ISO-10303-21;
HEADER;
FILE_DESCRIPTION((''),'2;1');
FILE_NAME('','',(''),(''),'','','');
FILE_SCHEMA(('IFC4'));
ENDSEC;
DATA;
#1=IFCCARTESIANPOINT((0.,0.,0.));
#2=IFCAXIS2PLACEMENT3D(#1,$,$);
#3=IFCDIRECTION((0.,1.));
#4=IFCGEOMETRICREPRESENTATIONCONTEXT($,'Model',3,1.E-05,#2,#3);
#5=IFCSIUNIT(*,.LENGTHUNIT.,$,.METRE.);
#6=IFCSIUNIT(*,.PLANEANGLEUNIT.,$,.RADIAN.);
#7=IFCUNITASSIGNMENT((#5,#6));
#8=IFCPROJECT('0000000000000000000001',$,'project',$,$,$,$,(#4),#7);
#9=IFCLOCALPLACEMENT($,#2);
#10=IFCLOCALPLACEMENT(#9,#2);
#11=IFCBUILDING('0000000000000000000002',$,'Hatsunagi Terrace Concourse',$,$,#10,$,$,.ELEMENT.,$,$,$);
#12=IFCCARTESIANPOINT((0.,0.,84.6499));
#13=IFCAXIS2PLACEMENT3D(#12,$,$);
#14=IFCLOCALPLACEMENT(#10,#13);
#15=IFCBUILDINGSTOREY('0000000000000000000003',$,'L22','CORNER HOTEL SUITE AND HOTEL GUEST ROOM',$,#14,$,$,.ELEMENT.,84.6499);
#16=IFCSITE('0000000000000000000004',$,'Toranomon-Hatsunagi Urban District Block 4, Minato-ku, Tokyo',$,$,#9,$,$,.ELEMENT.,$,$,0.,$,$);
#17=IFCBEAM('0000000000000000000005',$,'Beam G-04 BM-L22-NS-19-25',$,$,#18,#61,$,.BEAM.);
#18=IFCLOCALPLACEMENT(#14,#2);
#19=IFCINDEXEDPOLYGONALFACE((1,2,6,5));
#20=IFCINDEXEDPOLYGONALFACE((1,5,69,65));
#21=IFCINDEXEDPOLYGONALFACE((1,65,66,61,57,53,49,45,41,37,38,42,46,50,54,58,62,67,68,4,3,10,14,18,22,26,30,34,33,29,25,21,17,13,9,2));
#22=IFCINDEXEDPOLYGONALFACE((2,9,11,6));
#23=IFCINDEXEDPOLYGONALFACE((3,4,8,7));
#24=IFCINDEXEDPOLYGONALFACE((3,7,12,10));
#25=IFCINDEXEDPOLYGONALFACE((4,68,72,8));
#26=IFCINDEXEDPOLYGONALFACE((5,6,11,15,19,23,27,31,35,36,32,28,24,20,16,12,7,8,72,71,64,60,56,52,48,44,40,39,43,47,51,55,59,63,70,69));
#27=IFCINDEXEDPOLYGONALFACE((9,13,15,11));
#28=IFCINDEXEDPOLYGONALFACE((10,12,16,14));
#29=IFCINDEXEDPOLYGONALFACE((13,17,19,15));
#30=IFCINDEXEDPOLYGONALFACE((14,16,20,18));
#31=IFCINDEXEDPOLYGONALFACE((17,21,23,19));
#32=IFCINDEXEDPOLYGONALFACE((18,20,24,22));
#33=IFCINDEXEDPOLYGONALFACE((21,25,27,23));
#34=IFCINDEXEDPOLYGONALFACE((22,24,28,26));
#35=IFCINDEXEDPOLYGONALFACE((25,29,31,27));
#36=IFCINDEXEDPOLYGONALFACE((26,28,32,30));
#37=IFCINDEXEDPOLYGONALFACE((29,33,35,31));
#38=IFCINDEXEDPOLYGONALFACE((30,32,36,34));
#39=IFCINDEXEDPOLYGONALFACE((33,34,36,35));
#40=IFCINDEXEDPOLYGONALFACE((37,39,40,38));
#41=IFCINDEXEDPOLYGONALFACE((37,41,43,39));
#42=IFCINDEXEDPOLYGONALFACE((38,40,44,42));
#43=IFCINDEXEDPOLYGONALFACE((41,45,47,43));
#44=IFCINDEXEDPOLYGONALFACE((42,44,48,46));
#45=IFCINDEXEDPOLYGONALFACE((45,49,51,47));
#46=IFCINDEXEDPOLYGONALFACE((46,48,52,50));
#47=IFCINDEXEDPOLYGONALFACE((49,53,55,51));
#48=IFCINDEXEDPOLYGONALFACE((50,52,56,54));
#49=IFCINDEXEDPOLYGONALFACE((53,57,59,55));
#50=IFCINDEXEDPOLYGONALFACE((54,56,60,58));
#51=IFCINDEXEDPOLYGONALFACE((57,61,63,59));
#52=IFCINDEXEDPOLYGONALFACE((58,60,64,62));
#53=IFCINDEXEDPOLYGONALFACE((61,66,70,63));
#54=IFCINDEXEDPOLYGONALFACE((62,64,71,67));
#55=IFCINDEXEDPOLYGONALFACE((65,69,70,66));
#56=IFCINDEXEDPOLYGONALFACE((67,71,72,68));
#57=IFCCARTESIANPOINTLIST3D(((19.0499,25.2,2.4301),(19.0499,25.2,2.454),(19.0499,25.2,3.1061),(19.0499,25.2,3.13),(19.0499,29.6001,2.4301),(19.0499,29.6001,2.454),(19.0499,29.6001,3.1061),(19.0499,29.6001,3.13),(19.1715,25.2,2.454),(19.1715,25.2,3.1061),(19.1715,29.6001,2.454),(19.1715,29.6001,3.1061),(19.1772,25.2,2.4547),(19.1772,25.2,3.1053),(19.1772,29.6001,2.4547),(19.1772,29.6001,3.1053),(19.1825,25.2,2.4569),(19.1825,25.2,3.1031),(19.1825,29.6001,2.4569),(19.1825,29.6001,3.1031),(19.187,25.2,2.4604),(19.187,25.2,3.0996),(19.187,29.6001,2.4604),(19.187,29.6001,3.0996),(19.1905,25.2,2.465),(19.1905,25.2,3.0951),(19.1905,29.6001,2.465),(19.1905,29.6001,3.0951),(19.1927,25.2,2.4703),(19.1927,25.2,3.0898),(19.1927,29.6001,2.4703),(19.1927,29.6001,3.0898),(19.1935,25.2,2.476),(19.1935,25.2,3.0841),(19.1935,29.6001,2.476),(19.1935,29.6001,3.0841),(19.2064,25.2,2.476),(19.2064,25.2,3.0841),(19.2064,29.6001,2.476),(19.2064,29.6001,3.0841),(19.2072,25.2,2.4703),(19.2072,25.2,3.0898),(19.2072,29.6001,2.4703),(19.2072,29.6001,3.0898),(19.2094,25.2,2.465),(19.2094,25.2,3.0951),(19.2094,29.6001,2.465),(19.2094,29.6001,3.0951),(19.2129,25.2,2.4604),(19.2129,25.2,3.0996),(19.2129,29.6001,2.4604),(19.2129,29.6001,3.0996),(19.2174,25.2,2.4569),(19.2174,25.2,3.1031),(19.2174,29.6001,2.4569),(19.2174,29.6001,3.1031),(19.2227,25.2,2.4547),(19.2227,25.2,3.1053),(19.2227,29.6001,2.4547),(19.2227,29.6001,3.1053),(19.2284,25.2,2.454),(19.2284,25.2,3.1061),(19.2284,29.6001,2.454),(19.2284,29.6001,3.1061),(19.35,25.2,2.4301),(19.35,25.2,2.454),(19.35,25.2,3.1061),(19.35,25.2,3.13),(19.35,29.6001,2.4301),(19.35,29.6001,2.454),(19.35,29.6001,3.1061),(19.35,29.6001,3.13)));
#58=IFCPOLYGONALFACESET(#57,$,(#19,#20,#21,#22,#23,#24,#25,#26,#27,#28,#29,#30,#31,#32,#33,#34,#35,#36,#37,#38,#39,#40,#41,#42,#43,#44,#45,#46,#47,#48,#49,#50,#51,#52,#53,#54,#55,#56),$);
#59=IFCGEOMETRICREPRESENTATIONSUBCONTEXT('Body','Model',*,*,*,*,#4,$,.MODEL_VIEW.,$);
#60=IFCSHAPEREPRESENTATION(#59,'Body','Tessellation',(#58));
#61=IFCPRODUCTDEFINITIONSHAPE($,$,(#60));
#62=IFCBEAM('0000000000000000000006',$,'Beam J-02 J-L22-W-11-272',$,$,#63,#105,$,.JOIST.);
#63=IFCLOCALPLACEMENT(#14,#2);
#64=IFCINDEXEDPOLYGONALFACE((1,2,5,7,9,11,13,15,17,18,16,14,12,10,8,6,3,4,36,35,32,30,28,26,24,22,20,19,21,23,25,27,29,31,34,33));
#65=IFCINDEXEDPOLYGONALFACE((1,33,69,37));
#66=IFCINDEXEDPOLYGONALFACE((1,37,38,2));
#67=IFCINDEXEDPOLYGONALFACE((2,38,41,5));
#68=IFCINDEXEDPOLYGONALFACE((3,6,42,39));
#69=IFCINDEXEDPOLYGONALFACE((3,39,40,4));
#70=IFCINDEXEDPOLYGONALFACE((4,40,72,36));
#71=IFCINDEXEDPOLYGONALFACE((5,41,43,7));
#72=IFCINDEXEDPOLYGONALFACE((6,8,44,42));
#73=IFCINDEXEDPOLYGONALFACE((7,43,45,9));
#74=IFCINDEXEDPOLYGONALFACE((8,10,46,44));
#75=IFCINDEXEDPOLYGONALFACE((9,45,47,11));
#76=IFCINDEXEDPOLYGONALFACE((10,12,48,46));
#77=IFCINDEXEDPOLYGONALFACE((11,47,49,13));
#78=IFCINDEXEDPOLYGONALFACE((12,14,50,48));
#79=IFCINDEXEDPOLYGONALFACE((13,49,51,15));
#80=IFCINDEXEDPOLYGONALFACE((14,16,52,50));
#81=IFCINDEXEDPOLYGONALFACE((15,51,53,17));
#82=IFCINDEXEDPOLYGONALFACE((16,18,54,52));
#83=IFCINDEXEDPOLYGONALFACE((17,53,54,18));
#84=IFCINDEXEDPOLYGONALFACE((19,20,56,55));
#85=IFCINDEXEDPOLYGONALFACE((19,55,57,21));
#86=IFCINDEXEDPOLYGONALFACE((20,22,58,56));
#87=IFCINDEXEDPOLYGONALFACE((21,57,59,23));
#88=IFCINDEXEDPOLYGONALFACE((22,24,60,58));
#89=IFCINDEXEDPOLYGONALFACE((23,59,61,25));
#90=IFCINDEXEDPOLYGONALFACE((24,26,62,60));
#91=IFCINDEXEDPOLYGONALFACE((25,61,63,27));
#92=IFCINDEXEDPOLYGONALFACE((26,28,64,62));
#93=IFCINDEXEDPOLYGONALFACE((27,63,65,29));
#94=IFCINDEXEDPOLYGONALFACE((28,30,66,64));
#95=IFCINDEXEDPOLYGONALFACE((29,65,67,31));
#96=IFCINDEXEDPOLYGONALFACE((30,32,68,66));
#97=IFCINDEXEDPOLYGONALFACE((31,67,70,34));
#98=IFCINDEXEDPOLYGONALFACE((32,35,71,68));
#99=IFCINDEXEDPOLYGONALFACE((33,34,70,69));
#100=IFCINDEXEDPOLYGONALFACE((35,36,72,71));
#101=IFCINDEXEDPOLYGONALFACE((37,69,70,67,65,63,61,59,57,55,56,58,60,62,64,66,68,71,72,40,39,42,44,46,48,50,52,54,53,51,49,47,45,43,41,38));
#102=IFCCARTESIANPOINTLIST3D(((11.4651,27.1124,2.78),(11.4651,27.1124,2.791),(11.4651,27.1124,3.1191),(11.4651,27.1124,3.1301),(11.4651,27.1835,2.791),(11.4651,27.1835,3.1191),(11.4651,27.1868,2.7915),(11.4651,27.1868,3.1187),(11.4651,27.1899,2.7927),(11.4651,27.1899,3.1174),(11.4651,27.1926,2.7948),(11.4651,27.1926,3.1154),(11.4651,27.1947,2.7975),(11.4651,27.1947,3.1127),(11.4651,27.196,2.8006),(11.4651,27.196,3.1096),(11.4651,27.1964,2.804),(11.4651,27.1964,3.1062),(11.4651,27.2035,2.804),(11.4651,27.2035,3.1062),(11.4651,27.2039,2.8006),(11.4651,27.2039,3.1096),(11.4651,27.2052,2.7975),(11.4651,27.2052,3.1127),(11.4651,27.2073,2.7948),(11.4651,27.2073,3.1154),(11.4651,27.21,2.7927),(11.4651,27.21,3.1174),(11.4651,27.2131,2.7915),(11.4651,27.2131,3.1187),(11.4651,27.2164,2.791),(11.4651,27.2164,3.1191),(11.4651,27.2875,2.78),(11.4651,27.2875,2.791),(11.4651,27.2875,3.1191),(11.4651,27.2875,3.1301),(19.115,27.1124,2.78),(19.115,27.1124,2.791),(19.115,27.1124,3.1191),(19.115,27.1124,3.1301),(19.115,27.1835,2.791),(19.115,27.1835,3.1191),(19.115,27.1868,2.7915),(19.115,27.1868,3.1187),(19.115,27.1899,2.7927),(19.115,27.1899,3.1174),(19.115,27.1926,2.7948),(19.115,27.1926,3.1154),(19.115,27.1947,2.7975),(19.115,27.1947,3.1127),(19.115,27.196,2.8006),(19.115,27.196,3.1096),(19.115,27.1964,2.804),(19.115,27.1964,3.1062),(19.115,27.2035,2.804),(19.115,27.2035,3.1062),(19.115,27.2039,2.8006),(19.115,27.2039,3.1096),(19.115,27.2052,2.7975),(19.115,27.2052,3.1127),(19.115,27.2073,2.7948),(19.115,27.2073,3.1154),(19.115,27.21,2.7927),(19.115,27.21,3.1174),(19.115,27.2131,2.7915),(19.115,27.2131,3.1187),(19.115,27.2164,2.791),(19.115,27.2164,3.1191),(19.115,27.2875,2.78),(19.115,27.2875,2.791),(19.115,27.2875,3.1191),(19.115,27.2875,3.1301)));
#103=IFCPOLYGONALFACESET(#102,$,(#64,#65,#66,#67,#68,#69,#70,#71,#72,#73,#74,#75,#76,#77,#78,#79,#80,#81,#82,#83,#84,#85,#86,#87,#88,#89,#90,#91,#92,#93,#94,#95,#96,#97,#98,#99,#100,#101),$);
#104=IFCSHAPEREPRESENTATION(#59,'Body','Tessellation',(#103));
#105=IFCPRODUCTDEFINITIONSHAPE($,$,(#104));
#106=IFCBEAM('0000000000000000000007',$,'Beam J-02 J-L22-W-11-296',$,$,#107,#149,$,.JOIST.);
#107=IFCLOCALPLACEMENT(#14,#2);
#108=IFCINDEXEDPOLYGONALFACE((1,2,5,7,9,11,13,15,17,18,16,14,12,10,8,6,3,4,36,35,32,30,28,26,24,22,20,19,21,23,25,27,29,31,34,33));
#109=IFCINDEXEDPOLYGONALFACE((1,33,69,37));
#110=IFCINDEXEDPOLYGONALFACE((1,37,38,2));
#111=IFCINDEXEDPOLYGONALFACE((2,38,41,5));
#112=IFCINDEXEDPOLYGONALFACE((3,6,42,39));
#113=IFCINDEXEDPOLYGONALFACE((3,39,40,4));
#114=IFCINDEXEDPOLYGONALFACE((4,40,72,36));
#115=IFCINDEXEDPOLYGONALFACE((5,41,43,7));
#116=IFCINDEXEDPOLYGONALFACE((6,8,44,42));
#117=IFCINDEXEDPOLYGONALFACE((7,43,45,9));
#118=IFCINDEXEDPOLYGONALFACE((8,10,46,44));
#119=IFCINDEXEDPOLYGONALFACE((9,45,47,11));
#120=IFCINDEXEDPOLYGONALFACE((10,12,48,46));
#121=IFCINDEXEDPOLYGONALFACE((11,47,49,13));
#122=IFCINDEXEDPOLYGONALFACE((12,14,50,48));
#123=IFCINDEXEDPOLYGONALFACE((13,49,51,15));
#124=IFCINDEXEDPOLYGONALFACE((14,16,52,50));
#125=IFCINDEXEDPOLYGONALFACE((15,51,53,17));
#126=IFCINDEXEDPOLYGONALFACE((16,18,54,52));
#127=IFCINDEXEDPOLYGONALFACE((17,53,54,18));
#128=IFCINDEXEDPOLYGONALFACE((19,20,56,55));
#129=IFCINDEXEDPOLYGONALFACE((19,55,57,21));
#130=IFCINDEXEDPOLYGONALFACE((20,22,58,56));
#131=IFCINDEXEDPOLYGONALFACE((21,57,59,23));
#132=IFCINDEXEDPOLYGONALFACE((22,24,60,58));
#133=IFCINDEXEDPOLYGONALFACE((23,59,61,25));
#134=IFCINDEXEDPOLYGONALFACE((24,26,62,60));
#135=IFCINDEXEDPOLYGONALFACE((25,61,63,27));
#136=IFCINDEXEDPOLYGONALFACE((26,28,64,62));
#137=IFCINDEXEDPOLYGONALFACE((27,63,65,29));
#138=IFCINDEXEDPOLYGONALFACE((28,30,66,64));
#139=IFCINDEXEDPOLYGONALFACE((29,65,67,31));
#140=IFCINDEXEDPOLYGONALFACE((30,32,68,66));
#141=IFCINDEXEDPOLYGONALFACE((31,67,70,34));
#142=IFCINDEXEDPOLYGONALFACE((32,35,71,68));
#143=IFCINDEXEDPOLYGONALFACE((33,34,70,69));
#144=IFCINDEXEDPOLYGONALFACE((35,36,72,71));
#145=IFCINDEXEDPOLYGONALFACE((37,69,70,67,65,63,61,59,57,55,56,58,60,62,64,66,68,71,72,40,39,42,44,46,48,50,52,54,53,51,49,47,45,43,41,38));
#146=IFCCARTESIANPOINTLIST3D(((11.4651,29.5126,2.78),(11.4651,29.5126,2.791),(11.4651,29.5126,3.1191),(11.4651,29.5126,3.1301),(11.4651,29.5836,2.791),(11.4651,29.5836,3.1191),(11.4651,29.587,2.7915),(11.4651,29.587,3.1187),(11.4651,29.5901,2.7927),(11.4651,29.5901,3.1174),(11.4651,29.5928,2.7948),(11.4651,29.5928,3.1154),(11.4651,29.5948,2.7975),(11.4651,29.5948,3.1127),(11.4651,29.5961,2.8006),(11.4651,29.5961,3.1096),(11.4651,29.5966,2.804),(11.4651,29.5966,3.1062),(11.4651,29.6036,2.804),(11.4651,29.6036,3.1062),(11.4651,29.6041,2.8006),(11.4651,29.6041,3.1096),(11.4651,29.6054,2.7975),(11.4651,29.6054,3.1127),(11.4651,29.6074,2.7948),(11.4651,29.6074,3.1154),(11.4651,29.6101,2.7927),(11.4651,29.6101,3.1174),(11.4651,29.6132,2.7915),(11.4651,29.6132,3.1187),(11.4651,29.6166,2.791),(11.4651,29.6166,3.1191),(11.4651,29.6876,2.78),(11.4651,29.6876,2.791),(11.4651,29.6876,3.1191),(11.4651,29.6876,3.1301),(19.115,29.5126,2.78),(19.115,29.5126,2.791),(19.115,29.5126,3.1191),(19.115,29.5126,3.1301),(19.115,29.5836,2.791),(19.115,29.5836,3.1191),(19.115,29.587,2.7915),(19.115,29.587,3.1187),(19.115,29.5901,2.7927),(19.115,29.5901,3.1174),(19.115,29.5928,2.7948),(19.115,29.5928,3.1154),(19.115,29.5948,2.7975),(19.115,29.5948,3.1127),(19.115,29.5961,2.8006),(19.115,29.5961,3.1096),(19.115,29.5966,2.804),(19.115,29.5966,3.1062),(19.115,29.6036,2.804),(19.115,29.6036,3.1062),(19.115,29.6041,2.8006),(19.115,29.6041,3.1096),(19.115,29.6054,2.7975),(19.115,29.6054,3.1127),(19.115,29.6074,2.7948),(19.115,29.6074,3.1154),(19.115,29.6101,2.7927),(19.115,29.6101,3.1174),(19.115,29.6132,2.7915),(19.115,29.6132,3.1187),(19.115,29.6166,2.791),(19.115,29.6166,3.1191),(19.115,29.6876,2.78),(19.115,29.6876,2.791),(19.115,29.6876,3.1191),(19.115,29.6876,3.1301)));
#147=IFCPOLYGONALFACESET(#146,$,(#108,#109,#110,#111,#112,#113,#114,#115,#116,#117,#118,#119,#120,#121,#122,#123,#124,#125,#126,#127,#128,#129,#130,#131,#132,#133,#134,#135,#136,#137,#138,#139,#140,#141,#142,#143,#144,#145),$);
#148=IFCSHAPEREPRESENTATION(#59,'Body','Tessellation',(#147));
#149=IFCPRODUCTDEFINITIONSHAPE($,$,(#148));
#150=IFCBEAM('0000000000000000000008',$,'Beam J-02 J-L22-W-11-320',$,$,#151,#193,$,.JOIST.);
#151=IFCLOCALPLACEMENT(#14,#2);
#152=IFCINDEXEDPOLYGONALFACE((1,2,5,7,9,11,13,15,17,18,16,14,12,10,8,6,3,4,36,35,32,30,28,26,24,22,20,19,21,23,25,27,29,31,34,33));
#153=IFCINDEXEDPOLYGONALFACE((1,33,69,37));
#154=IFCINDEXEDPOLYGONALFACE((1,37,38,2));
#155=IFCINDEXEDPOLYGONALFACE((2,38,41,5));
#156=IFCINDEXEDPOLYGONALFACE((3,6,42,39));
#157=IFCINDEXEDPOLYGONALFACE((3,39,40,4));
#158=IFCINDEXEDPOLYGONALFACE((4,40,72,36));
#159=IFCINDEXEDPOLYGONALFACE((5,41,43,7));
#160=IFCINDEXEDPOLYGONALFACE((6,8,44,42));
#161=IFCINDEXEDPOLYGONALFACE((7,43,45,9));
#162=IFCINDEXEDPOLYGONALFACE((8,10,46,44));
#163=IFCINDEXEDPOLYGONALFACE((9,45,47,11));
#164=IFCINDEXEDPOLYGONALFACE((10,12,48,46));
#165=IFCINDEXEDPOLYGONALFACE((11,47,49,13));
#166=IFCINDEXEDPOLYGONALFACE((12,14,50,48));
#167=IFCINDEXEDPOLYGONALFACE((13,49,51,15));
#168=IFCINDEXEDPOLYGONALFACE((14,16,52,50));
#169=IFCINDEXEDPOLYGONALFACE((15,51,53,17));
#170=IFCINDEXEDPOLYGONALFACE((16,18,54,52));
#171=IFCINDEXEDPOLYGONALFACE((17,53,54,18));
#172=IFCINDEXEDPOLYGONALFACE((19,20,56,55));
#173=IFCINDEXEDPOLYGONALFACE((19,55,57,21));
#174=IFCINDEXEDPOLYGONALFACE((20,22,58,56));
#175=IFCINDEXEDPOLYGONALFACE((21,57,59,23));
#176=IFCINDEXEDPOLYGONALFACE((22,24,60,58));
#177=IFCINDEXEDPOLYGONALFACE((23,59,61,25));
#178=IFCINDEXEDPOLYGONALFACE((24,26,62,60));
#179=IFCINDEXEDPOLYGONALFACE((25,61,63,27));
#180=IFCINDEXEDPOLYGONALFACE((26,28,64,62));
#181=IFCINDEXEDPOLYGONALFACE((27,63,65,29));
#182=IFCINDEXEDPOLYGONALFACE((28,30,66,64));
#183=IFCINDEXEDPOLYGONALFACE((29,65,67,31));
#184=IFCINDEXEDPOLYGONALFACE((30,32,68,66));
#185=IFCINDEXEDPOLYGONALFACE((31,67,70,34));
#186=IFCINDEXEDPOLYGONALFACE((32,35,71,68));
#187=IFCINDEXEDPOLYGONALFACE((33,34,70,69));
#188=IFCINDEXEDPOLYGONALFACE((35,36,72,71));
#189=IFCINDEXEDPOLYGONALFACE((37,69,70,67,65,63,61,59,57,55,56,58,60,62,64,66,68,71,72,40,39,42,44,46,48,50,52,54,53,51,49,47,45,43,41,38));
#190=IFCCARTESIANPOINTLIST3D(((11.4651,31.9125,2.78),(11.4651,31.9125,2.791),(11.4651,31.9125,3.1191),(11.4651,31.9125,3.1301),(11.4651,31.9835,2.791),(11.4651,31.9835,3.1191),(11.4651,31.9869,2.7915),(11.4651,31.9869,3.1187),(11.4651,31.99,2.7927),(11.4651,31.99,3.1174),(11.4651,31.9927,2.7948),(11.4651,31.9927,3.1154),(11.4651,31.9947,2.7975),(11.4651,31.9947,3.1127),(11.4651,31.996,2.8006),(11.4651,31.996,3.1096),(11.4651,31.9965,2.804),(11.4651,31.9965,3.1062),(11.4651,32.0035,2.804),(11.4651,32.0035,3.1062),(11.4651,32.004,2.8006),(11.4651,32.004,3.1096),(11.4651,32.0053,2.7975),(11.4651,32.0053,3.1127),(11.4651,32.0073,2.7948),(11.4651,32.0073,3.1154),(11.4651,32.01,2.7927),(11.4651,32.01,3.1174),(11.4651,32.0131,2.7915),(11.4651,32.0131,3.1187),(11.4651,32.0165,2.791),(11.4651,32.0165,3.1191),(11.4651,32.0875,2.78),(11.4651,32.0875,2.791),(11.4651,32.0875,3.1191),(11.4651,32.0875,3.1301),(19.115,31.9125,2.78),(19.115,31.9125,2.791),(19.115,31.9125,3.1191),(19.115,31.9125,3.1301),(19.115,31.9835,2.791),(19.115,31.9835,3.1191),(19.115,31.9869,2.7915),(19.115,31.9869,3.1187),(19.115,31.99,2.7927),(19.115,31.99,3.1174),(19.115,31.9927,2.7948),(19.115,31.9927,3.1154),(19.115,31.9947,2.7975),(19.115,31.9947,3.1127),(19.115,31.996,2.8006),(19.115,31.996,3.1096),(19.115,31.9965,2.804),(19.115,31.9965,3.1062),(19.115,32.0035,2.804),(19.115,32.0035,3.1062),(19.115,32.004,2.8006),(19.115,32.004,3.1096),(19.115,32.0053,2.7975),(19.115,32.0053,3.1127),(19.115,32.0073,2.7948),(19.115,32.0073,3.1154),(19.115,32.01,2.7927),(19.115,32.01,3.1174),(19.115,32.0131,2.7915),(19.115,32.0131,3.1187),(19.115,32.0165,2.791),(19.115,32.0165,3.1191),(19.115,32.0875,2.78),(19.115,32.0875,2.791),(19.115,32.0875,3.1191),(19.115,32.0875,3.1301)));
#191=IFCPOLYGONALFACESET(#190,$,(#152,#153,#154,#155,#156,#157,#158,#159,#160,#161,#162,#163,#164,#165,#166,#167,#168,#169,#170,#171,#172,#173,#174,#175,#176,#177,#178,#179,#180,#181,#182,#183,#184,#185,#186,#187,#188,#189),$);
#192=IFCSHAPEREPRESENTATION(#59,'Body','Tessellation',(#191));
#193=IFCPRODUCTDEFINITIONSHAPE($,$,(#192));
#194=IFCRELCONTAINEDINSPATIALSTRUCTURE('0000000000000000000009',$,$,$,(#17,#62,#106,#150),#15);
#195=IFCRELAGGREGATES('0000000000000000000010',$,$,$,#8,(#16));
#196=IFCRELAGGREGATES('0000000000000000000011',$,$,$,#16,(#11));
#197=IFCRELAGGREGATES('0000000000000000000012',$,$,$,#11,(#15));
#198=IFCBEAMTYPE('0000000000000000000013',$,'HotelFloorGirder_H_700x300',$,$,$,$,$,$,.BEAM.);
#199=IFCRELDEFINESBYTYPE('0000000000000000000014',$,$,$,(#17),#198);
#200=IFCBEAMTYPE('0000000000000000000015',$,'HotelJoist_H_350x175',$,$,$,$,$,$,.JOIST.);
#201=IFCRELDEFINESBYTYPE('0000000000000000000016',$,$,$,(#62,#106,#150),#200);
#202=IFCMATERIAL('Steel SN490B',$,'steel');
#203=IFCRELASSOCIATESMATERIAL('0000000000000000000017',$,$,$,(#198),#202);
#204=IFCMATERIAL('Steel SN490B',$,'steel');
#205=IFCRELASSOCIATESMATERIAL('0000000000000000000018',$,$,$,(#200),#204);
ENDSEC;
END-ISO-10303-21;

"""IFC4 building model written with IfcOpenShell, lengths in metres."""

from ifc_helpers import new_model, si_unit, direction, frame, origin, origin_2d, place, context, subcontext, project, spatial, i_section, extrude, material, material_profile, profile_set, type_object, element, save


model = new_model("IFC4")

# Units and contexts
model_context = context("Model", 3, precision=1e-05, world=origin(), true_north=direction((0.0, 1.0)))
body_context = subcontext(model_context, "Body", "Model", "MODEL_VIEW")
ifc_project = project(units=[si_unit("LENGTHUNIT", "METRE"), si_unit("PLANEANGLEUNIT", "RADIAN")], contexts=[model_context])

# Site, building, storey
site_placement = place(None, origin())
site = spatial("IfcSite", under=ifc_project, at=site_placement, Name="Toranomon-Hatsunagi Urban District Block 4, Minato-ku, Tokyo", CompositionType="ELEMENT", RefElevation=0.0)
building_placement = place(site_placement, origin())
building = spatial("IfcBuilding", under=site, at=building_placement, Name="Hatsunagi Terrace Concourse", CompositionType="ELEMENT")
storey_placement = place(building_placement, frame((0.0, 0.0, 84.6499)))
storey = spatial("IfcBuildingStorey", under=building, at=storey_placement, Name="L22", Description="CORNER HOTEL SUITE AND HOTEL GUEST ROOM", CompositionType="ELEMENT", Elevation=84.6499)

# Beams
ifc_material_1 = material(Name="Steel SN490B", Category="steel")
ifc_material_profile_1 = material_profile(ifc_material_1, i_section(OverallWidth=0.3, OverallDepth=0.7, WebThickness=0.0129, FlangeThickness=0.0239, FilletRadius=0.022, at=origin_2d()), Name="H-700x300x13x24")
ifc_profile_set_1 = profile_set([ifc_material_profile_1], Name="Steel SN490B")
beam_type_1 = type_object("IfcBeamType", Name="HotelFloorGirder_H_700x300", PredefinedType="BEAM", material=ifc_profile_set_1)
beam_1_placement = place(storey_placement, frame((19.2, 25.2, 2.78), z_axis=(0.0, 1.0, 0.0), x_axis=(-1.0, 0.0, 0.0)))
element("IfcBeam", 1, at=beam_1_placement, inside=storey, type_object=beam_type_1, Name="Beam G-04 BM-L22-NS-19-25", PredefinedType="BEAM", context=body_context, shape_type="SweptSolid", body=[
    extrude(i_section(OverallWidth=0.3, OverallDepth=0.7, WebThickness=0.0129, FlangeThickness=0.0239, FilletRadius=0.022, at=origin_2d()), origin(), (0.0, 0.0, 1.0), 4.4001),
])
ifc_material_2 = material(Name="Steel SN490B", Category="steel")
ifc_material_profile_2 = material_profile(ifc_material_2, i_section(OverallWidth=0.175, OverallDepth=0.3501, WebThickness=0.0071, FlangeThickness=0.011, FilletRadius=0.0129, at=origin_2d()), Name="H-350x175x7x11")
ifc_profile_set_2 = profile_set([ifc_material_profile_2], Name="Steel SN490B")
beam_type_2 = type_object("IfcBeamType", Name="HotelJoist_H_350x175", PredefinedType="JOIST", material=ifc_profile_set_2)
for number, where, z_axis, x_axis, name in (
    (2, (11.4651, 27.2, 2.9551), (1.0, 0.0, 0.0), (0.0, 1.0, 0.0), "Beam J-02 J-L22-W-11-272"),
    (3, (11.4651, 29.6001, 2.9551), (1.0, 0.0, 0.0), (0.0, 1.0, 0.0), "Beam J-02 J-L22-W-11-296"),
    (4, (11.4651, 32.0, 2.9551), (1.0, 0.0, 0.0), (0.0, 1.0, 0.0), "Beam J-02 J-L22-W-11-320"),
):
    element("IfcBeam", number, at=place(storey_placement, frame(where, z_axis=z_axis, x_axis=x_axis)), inside=storey, type_object=beam_type_2, Name=name, PredefinedType="JOIST", context=body_context, shape_type="SweptSolid", body=[
        extrude(i_section(OverallWidth=0.175, OverallDepth=0.3501, WebThickness=0.0071, FlangeThickness=0.011, FilletRadius=0.0129, at=origin_2d()), origin(), (0.0, 0.0, 1.0), 7.6499),
    ])

save(model, "model.ifc")
